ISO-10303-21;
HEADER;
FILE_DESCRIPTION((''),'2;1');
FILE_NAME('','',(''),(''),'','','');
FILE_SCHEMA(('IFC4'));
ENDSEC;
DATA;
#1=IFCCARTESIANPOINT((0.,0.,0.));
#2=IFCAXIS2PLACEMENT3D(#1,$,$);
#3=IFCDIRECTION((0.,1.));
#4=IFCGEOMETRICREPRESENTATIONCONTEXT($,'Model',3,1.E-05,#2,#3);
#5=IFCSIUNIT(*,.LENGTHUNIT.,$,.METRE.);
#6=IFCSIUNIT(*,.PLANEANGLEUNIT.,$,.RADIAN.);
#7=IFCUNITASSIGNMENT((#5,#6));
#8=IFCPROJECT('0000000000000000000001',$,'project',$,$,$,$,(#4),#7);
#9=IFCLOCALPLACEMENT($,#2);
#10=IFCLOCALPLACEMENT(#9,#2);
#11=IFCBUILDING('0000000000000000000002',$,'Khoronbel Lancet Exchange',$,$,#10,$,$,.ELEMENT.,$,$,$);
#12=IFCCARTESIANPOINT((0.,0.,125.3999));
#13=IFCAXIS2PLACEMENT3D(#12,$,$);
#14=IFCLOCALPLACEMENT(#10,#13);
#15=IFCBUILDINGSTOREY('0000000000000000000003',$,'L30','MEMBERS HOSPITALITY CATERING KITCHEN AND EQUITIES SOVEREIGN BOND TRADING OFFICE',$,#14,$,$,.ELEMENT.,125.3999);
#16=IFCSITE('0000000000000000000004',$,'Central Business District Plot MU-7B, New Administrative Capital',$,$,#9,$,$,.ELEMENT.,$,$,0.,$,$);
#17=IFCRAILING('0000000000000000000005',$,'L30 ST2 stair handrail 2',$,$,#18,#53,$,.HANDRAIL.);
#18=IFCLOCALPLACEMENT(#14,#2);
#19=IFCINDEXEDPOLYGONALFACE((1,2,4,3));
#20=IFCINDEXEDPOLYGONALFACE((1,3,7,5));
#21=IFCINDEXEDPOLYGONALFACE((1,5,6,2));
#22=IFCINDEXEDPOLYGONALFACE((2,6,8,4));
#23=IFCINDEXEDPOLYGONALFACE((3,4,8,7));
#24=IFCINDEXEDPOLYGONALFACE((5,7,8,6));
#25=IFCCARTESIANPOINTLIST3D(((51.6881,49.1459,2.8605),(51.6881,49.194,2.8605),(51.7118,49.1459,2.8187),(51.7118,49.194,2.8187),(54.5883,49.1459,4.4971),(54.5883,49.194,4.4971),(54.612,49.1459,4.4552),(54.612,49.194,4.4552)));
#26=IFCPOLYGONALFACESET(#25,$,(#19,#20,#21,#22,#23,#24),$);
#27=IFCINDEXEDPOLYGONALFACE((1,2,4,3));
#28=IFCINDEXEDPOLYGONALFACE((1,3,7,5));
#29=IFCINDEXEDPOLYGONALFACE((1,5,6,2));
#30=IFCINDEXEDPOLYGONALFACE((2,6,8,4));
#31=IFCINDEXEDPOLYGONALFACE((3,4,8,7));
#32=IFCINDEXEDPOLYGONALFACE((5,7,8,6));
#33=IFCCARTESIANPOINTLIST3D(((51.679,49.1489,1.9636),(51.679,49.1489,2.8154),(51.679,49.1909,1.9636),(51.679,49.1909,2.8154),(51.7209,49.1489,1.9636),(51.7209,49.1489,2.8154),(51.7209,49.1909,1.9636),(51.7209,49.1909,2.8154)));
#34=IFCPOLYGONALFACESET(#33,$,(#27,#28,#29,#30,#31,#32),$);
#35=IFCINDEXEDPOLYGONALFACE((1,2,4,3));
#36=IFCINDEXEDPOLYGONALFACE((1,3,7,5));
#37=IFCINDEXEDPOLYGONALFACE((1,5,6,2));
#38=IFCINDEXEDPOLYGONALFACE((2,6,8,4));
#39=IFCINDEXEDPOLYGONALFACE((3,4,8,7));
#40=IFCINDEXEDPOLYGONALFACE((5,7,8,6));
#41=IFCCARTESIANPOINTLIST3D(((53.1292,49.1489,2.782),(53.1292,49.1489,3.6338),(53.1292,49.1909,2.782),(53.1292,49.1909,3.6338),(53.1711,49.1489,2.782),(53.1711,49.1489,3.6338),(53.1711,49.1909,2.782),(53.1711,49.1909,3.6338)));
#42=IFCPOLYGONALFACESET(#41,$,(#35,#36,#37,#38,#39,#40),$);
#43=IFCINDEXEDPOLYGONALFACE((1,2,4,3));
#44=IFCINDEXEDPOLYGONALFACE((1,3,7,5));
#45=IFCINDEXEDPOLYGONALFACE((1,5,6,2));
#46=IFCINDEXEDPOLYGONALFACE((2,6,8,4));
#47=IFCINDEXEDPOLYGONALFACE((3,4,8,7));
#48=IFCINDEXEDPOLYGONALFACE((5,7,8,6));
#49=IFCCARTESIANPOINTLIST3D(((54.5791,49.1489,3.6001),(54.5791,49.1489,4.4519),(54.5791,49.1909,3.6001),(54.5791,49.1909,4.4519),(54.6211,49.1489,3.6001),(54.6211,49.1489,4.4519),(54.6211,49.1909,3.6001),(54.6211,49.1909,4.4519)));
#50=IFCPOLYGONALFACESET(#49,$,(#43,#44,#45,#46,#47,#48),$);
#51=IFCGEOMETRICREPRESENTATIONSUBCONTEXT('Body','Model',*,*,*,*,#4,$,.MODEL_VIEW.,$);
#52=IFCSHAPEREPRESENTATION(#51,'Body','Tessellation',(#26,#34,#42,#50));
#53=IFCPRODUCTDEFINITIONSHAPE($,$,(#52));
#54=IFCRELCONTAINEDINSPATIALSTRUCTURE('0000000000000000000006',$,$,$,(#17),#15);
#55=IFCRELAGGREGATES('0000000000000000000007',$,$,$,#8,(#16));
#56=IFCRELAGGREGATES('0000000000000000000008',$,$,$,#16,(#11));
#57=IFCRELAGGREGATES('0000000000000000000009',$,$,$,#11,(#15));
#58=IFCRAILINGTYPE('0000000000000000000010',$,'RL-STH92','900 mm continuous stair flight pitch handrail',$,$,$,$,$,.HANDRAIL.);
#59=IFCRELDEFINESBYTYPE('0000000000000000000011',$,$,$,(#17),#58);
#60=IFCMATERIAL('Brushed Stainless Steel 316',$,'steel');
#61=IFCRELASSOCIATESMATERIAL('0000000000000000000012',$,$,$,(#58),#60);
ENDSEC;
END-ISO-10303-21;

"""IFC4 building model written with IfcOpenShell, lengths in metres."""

from ifc_helpers import new_model, si_unit, direction, frame, origin, origin_2d, place, context, subcontext, project, spatial, rectangle, extrude, material, type_object, element, save


model = new_model("IFC4")

# Units and contexts
model_context = context("Model", 3, precision=1e-05, world=origin(), true_north=direction((0.0, 1.0)))
body_context = subcontext(model_context, "Body", "Model", "MODEL_VIEW")
ifc_project = project(units=[si_unit("LENGTHUNIT", "METRE"), si_unit("PLANEANGLEUNIT", "RADIAN")], contexts=[model_context])

# Site, building, storey
site_placement = place(None, origin())
site = spatial("IfcSite", under=ifc_project, at=site_placement, Name="Central Business District Plot MU-7B, New Administrative Capital", CompositionType="ELEMENT", RefElevation=0.0)
building_placement = place(site_placement, origin())
building = spatial("IfcBuilding", under=site, at=building_placement, Name="Khoronbel Lancet Exchange", CompositionType="ELEMENT")
storey_placement = place(building_placement, frame((0.0, 0.0, 125.3999)))
storey = spatial("IfcBuildingStorey", under=building, at=storey_placement, Name="L30", Description="MEMBERS HOSPITALITY CATERING KITCHEN AND EQUITIES SOVEREIGN BOND TRADING OFFICE", CompositionType="ELEMENT", Elevation=125.3999)

# Railing
ifc_material_1 = material(Name="Brushed Stainless Steel 316", Category="steel")
railing_type_1 = type_object("IfcRailingType", Name="RL-STH92", Description="900 mm continuous stair flight pitch handrail", PredefinedType="HANDRAIL", material=ifc_material_1)
railing_1_placement = place(storey_placement, frame((51.7, 49.1699, 1.9636)))
element("IfcRailing", 1, at=railing_1_placement, inside=storey, type_object=railing_type_1, Name="L30 ST2 stair handrail 2", PredefinedType="HANDRAIL", context=body_context, shape_type="SweptSolid", body=[
    extrude(rectangle(XDim=0.0481, YDim=0.0481, at=origin_2d()), frame((0.0, 0.0, 0.876), z_axis=(0.870915, 0.0, 0.491434), x_axis=(0.0, 1.0, 0.0)), (0.0, 0.0, 1.0), 3.3301),
    extrude(rectangle(XDim=0.042, YDim=0.042, at=origin_2d()), origin(), (0.0, 0.0, 1.0), 0.8518),
    extrude(rectangle(XDim=0.042, YDim=0.042, at=origin_2d()), frame((1.4502, 0.0, 0.8184)), (0.0, 0.0, 1.0), 0.8518),
    extrude(rectangle(XDim=0.042, YDim=0.042, at=origin_2d()), frame((2.9001, 0.0, 1.6365)), (0.0, 0.0, 1.0), 0.8518),
])

save(model, "model.ifc")
